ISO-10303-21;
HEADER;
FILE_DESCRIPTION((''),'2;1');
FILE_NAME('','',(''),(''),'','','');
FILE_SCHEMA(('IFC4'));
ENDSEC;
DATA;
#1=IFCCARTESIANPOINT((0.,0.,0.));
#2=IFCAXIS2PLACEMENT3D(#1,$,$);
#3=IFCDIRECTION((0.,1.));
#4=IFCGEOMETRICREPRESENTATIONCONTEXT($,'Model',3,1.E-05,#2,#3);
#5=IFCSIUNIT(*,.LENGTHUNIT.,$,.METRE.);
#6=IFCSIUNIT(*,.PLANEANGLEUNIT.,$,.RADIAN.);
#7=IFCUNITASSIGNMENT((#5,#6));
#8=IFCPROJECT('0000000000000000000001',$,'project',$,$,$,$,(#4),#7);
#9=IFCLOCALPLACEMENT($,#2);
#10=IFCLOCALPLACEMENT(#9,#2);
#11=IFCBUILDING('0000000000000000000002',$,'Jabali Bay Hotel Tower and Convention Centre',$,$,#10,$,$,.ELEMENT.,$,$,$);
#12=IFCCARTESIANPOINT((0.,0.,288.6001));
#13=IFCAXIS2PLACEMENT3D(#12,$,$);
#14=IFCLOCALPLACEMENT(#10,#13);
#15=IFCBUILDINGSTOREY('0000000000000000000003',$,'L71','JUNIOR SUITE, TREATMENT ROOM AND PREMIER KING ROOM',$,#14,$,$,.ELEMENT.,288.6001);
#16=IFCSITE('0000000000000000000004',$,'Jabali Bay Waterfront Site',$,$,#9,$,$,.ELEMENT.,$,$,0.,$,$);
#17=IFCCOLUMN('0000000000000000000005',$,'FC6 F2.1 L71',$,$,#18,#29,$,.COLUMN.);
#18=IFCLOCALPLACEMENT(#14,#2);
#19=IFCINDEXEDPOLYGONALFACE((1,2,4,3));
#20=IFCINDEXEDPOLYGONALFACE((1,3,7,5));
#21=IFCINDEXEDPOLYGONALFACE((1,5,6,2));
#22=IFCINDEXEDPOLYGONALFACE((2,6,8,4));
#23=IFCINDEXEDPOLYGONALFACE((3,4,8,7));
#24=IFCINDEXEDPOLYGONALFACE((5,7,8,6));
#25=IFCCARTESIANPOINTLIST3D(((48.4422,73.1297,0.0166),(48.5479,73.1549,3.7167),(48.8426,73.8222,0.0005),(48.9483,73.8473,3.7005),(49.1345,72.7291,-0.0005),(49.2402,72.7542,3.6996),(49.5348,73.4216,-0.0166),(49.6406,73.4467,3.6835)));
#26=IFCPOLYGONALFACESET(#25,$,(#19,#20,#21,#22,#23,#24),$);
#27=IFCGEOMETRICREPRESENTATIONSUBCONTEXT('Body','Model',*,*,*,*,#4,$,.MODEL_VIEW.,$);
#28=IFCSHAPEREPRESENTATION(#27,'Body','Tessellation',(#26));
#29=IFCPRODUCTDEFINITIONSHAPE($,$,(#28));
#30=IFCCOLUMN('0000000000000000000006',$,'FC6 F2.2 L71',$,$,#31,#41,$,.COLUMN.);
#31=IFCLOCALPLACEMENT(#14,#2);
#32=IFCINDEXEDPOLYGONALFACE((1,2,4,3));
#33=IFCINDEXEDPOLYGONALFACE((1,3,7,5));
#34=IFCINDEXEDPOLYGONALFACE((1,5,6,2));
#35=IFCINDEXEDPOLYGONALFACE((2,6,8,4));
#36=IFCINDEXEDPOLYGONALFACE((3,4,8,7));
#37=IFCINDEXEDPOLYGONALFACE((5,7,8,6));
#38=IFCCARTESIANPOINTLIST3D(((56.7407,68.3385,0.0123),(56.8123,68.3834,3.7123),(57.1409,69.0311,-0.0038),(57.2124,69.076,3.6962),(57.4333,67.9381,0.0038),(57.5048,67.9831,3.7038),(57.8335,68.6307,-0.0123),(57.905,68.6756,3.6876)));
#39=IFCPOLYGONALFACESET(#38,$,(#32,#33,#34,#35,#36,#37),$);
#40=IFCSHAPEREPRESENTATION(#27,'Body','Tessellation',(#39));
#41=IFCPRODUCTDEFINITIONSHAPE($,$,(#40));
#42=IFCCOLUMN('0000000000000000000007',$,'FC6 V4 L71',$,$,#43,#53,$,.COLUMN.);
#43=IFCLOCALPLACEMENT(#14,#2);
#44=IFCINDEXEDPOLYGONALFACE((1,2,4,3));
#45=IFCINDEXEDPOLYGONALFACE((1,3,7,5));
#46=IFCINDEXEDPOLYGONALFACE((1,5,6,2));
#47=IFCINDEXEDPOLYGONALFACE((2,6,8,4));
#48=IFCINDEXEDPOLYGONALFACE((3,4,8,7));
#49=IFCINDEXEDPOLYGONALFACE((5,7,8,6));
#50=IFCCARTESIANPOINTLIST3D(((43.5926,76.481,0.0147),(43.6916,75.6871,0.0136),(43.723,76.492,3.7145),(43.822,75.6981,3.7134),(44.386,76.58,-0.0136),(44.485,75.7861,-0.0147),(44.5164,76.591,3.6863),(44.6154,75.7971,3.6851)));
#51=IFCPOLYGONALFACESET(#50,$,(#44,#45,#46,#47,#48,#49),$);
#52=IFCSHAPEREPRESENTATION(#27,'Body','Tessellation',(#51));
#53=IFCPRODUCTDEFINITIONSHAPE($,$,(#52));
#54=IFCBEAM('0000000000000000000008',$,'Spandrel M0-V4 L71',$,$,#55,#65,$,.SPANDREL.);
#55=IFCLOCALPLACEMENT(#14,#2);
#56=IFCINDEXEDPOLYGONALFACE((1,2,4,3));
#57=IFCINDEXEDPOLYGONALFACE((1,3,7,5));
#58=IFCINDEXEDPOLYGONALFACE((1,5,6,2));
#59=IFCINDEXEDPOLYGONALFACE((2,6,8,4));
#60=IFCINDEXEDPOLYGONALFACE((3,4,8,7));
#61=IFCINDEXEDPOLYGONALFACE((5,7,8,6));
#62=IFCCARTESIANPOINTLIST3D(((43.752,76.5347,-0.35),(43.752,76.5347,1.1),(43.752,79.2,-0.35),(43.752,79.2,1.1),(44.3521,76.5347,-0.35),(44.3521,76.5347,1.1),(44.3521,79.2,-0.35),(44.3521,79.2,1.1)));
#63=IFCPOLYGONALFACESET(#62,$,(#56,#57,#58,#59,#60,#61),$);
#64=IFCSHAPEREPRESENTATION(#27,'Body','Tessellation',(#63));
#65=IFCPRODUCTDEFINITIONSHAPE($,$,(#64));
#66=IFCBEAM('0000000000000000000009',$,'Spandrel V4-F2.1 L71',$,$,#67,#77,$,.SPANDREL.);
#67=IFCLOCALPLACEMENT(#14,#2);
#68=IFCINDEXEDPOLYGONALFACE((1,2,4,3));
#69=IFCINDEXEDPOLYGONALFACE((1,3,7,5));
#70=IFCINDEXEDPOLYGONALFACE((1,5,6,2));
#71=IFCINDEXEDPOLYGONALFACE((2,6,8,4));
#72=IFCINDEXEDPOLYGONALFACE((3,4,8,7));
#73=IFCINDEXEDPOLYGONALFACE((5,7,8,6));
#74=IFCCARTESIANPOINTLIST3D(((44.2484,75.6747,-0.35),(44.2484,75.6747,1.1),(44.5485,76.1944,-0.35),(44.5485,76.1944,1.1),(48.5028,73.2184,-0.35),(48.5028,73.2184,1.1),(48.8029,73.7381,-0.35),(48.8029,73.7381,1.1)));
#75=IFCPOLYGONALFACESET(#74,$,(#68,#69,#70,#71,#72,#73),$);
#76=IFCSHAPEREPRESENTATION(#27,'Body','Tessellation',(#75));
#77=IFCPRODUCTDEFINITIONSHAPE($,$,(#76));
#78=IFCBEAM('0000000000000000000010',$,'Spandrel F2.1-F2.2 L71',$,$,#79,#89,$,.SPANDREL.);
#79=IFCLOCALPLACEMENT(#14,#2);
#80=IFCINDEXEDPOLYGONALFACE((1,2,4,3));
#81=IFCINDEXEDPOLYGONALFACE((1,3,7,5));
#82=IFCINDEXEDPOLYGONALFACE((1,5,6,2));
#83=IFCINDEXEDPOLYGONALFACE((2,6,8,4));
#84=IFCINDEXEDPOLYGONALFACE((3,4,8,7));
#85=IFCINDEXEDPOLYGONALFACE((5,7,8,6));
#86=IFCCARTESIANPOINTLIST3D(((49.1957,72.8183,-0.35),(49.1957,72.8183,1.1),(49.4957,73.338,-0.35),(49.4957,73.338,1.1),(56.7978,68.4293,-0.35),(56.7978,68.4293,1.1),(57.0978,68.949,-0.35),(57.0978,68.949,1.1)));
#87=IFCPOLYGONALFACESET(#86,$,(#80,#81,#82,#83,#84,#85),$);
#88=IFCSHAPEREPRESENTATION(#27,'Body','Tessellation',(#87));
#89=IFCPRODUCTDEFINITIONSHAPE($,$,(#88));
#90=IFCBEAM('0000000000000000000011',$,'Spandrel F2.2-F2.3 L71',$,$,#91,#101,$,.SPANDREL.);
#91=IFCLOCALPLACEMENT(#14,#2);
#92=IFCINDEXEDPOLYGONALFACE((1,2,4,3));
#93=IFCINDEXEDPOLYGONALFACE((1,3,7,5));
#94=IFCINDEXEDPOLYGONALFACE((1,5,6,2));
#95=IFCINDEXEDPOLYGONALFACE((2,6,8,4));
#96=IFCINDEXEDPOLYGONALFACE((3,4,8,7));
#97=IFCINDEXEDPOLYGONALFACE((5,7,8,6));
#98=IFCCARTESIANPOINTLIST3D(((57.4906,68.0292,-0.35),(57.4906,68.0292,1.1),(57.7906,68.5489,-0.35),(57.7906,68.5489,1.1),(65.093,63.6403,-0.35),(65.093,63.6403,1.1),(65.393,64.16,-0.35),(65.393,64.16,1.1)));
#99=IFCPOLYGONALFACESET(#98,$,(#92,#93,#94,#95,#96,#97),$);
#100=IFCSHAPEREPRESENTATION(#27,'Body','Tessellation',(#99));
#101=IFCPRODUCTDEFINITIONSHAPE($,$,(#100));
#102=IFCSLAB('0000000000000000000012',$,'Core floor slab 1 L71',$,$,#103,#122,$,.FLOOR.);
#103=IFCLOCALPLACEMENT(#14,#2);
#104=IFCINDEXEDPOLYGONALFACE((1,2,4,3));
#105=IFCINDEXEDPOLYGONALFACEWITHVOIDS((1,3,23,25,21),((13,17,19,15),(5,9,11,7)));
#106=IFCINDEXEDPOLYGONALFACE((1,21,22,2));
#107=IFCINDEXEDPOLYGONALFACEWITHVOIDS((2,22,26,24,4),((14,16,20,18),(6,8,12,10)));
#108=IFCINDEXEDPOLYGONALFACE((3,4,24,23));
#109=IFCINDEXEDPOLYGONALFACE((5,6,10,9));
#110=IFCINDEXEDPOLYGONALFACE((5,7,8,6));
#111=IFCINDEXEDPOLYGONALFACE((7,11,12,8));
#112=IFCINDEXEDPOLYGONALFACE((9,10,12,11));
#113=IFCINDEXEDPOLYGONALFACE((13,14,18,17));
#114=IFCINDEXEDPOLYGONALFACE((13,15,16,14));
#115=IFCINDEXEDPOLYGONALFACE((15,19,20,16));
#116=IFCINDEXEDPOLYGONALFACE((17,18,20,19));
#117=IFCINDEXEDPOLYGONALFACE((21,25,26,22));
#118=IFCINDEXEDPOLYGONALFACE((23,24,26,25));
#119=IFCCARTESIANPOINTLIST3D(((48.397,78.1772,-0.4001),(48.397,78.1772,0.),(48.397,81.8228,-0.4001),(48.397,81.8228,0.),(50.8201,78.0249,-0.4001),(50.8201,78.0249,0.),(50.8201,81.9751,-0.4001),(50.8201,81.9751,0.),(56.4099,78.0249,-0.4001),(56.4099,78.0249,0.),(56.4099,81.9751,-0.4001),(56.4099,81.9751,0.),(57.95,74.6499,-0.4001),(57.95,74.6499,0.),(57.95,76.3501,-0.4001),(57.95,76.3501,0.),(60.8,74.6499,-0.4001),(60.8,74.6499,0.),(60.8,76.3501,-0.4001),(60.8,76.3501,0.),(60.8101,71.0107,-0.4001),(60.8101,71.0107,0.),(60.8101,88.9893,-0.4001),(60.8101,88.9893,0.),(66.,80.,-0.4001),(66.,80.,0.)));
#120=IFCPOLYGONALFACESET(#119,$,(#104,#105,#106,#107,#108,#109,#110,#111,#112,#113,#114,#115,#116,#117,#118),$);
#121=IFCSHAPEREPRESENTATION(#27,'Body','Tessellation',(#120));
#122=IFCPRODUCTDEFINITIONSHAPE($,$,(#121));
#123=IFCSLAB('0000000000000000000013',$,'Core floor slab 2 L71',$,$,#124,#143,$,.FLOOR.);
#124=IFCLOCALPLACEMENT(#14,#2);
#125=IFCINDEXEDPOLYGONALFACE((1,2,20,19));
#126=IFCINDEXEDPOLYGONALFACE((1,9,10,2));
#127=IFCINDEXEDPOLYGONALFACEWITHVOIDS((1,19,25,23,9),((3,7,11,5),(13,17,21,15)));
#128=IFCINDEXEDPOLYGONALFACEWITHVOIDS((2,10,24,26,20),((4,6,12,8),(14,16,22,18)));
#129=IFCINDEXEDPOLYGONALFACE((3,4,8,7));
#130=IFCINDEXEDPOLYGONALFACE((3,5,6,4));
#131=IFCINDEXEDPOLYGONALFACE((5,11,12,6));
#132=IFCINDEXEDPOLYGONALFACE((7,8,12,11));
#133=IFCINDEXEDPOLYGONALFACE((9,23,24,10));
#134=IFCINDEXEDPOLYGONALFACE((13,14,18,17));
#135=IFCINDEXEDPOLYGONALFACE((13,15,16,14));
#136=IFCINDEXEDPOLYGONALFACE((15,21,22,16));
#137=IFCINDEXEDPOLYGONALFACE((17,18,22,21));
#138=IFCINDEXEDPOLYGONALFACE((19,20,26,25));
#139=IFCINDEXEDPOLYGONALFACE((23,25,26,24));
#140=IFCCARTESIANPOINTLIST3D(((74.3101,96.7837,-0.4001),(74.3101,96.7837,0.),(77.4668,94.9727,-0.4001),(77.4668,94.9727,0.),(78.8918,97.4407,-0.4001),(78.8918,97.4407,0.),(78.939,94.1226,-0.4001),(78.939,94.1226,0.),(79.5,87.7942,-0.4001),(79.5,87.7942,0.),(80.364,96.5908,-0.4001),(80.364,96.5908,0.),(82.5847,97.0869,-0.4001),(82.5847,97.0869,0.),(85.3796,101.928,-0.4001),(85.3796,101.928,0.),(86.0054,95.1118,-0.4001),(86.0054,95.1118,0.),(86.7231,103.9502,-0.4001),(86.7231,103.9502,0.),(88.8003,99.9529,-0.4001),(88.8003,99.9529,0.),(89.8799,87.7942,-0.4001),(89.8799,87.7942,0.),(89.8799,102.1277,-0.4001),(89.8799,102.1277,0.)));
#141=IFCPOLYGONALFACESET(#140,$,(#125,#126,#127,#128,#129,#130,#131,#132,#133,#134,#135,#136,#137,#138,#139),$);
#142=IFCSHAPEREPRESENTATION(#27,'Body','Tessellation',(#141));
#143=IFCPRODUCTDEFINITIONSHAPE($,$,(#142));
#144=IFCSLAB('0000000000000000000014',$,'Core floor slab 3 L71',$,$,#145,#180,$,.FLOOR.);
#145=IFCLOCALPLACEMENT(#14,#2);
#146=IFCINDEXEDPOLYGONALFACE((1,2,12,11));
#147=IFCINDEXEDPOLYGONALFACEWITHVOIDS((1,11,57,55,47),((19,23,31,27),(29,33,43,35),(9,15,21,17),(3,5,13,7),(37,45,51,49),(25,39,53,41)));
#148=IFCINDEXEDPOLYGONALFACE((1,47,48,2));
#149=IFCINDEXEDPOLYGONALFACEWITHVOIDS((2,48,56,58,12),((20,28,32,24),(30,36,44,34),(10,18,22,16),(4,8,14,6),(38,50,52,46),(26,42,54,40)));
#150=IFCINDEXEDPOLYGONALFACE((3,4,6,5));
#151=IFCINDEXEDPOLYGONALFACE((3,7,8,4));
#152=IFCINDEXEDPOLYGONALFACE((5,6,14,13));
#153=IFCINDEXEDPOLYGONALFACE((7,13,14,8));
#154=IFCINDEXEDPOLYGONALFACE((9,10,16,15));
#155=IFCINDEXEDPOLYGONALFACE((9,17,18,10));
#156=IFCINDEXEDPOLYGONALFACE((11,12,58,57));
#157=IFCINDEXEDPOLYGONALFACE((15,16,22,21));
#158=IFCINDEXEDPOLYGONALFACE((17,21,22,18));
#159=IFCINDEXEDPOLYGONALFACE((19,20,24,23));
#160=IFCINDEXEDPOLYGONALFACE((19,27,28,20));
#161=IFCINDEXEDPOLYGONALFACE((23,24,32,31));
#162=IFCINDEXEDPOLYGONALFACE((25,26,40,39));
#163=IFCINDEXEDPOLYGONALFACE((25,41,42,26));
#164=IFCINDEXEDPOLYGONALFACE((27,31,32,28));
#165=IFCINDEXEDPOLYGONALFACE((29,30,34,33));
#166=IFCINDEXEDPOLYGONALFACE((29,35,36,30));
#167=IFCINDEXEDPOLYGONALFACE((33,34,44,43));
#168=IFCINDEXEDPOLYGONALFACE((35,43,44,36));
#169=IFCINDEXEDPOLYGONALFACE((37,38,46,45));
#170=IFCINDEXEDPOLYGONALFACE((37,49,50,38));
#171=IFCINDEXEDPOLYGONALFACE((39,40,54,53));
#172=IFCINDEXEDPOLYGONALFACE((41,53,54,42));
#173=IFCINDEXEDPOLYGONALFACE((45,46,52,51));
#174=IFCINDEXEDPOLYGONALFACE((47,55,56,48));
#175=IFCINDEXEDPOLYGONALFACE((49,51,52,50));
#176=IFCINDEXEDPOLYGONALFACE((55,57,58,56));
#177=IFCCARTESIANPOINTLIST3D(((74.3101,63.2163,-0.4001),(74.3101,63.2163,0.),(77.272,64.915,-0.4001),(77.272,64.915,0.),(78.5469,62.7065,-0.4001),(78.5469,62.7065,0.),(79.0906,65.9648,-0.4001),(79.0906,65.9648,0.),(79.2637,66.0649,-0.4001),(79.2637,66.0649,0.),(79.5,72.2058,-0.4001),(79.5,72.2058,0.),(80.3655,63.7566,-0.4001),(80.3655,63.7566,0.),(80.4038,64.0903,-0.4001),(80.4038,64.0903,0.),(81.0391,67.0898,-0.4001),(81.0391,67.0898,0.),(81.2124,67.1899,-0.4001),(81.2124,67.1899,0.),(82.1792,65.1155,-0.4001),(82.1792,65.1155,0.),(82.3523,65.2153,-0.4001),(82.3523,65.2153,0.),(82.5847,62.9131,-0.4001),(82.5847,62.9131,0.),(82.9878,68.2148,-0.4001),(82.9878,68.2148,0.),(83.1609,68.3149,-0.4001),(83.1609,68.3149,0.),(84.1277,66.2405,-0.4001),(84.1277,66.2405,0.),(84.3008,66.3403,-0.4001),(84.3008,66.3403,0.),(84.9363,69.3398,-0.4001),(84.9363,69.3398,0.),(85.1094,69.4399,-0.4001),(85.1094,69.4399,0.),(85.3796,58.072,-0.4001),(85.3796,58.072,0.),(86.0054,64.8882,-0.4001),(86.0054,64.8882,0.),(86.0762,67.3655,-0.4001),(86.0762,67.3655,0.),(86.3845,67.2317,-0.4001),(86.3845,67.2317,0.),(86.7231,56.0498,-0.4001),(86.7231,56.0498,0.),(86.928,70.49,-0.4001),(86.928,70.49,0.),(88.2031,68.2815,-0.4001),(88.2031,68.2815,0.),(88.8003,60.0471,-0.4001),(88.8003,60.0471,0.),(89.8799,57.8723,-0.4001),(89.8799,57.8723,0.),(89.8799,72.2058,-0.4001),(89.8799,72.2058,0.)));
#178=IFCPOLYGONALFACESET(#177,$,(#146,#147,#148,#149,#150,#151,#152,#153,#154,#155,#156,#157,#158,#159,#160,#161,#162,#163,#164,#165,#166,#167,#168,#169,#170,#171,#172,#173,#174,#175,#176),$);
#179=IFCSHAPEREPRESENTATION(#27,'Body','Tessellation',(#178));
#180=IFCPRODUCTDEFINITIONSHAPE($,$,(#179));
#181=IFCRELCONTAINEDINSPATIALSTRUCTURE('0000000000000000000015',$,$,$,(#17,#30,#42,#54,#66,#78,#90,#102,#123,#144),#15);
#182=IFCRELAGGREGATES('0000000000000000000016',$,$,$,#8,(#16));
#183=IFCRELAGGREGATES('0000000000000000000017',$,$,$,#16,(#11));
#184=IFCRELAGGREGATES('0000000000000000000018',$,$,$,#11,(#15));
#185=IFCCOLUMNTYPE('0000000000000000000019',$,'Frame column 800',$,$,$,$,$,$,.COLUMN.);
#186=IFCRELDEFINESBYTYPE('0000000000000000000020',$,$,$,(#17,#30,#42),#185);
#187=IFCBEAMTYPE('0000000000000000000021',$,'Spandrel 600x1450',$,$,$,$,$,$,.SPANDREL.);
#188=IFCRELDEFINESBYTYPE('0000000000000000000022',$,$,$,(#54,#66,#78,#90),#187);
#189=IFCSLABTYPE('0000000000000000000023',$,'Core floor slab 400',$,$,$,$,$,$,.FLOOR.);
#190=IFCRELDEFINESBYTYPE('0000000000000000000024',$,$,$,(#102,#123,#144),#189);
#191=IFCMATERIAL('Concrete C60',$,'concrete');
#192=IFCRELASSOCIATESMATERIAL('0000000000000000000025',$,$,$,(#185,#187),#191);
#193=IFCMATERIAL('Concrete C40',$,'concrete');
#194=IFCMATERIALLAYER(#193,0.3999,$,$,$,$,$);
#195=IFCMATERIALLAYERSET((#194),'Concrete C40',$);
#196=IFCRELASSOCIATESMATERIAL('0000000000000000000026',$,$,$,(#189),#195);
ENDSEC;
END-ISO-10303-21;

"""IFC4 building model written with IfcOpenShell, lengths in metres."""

from ifc_helpers import new_model, si_unit, direction, frame, origin, origin_2d, place, context, subcontext, project, spatial, polyline, rectangle, outline, extrude, material, layer, layer_set, material_profile, profile_set, type_object, element, save


model = new_model("IFC4")

# Units and contexts
model_context = context("Model", 3, precision=1e-05, world=origin(), true_north=direction((0.0, 1.0)))
body_context = subcontext(model_context, "Body", "Model", "MODEL_VIEW")
ifc_project = project(units=[si_unit("LENGTHUNIT", "METRE"), si_unit("PLANEANGLEUNIT", "RADIAN")], contexts=[model_context])

# Site, building, storey
site_placement = place(None, origin())
site = spatial("IfcSite", under=ifc_project, at=site_placement, Name="Jabali Bay Waterfront Site", CompositionType="ELEMENT", RefElevation=0.0)
building_placement = place(site_placement, origin())
building = spatial("IfcBuilding", under=site, at=building_placement, Name="Jabali Bay Hotel Tower and Convention Centre", CompositionType="ELEMENT")
storey_placement = place(building_placement, frame((0.0, 0.0, 288.6001)))
storey = spatial("IfcBuildingStorey", under=building, at=storey_placement, Name="L71", Description="JUNIOR SUITE, TREATMENT ROOM AND PREMIER KING ROOM", CompositionType="ELEMENT", Elevation=288.6001)

# Columns
ifc_material_1 = material(Name="Concrete C60", Category="concrete")
ifc_material_profile_1 = material_profile(ifc_material_1, rectangle(XDim=0.8, YDim=0.8, at=origin_2d()), Name="Frame column 800")
ifc_profile_set_1 = profile_set([ifc_material_profile_1], Name="Concrete C60")
column_type = type_object("IfcColumnType", Name="Frame column 800", PredefinedType="COLUMN", material=ifc_profile_set_1)
column_1_placement = place(storey_placement, frame((48.9885, 73.2756, 0.0), z_axis=(0.028559, 0.006794, 0.999569), x_axis=(-0.865319, 0.500768, 0.02132)))
element("IfcColumn", 1, at=column_1_placement, inside=storey, type_object=column_type, Name="FC6 F2.1 L71", PredefinedType="COLUMN", context=body_context, shape_type="SweptSolid", body=[
    extrude(rectangle(XDim=0.8, YDim=0.8, at=origin_2d()), origin(), (0.0, 0.0, 1.0), 3.7017),
])
column_2_placement = place(storey_placement, frame((57.2871, 68.4846, 0.0), z_axis=(0.019329, 0.012138, 0.99974), x_axis=(-0.865691, 0.500465, 0.010661)))
element("IfcColumn", 2, at=column_2_placement, inside=storey, type_object=column_type, Name="FC6 F2.2 L71", PredefinedType="COLUMN", context=body_context, shape_type="SweptSolid", body=[
    extrude(rectangle(XDim=0.8, YDim=0.8, at=origin_2d()), origin(), (0.0, 0.0, 1.0), 3.7009),
])
column_3_placement = place(storey_placement, frame((44.0388, 76.1335, 0.0), z_axis=(0.035214, 0.002967, 0.999375), x_axis=(-0.123741, 0.992314, 0.001414)))
element("IfcColumn", 3, at=column_3_placement, inside=storey, type_object=column_type, Name="FC6 V4 L71", PredefinedType="COLUMN", context=body_context, shape_type="SweptSolid", body=[
    extrude(rectangle(XDim=0.8, YDim=0.8, at=origin_2d()), origin(), (0.0, 0.0, 1.0), 3.7021),
])

# Beams
ifc_material_profile_2 = material_profile(ifc_material_1, rectangle(XDim=0.6001, YDim=1.45, at=origin_2d()), Name="Spandrel 600x1450")
ifc_profile_set_2 = profile_set([ifc_material_profile_2], Name="Concrete C60")
beam_type = type_object("IfcBeamType", Name="Spandrel 600x1450", PredefinedType="SPANDREL", material=ifc_profile_set_2)
beam_1_placement = place(storey_placement, frame((44.052, 79.2, 0.375), z_axis=(0.0, -1.0, 0.0), x_axis=(1.0, 0.0, 0.0)))
element("IfcBeam", 4, at=beam_1_placement, inside=storey, type_object=beam_type, Name="Spandrel M0-V4 L71", PredefinedType="SPANDREL", context=body_context, shape_type="SweptSolid", body=[
    extrude(rectangle(XDim=0.6001, YDim=1.45, at=origin_2d()), origin(), (0.0, 0.0, 1.0), 2.6653),
])
beam_2_placement = place(storey_placement, frame((44.3984, 75.9346, 0.375), z_axis=(0.866023, -0.500004, 0.0), x_axis=(0.500004, 0.866023, 0.0)))
element("IfcBeam", 5, at=beam_2_placement, inside=storey, type_object=beam_type, Name="Spandrel V4-F2.1 L71", PredefinedType="SPANDREL", context=body_context, shape_type="SweptSolid", body=[
    extrude(rectangle(XDim=0.6001, YDim=1.45, at=origin_2d()), origin(), (0.0, 0.0, 1.0), 4.9126),
])
beam_3_placement = place(storey_placement, frame((49.3457, 73.0781, 0.375), z_axis=(0.866032, -0.499989, 0.0), x_axis=(0.499989, 0.866032, 0.0)))
element("IfcBeam", 6, at=beam_3_placement, inside=storey, type_object=beam_type, Name="Spandrel F2.1-F2.2 L71", PredefinedType="SPANDREL", context=body_context, shape_type="SweptSolid", body=[
    extrude(rectangle(XDim=0.6001, YDim=1.45, at=origin_2d()), origin(), (0.0, 0.0, 1.0), 8.7781),
])
beam_4_placement = place(storey_placement, frame((57.6406, 68.2891, 0.375), z_axis=(0.866039, -0.499977, 0.0), x_axis=(0.499977, 0.866039, 0.0)))
element("IfcBeam", 7, at=beam_4_placement, inside=storey, type_object=beam_type, Name="Spandrel F2.2-F2.3 L71", PredefinedType="SPANDREL", context=body_context, shape_type="SweptSolid", body=[
    extrude(rectangle(XDim=0.6001, YDim=1.45, at=origin_2d()), origin(), (0.0, 0.0, 1.0), 8.7783),
])

# Slabs
ifc_material_2 = material(Name="Concrete C40", Category="concrete")
ifc_layer_1 = layer(ifc_material_2, 0.3999)
ifc_layer_set_1 = layer_set([ifc_layer_1], Name="Concrete C40")
slab_type_1 = type_object("IfcSlabType", Name="Core floor slab 400", PredefinedType="FLOOR", material=ifc_layer_set_1)
slab_1_placement = place(storey_placement, frame((0.0, 0.0, -0.4001)))
element("IfcSlab", 8, at=slab_1_placement, inside=storey, type_object=slab_type_1, Name="Core floor slab 1 L71", PredefinedType="FLOOR", context=body_context, shape_type="SweptSolid", body=[
    extrude(outline(polyline([(66.0, 80.0), (60.8101, 88.9893), (48.397, 81.8228), (48.397, 78.1772), (60.8101, 71.0107), (66.0, 80.0)]), holes=[polyline([(60.8, 76.3501), (57.95, 76.3501), (57.95, 74.6499), (60.8, 74.6499), (60.8, 76.3501)]), polyline([(50.8201, 81.9751), (50.8201, 78.0249), (56.4099, 78.0249), (56.4099, 81.9751), (50.8201, 81.9751)])]), origin(), (0.0, 0.0, 1.0), 0.4001),
])
slab_2_placement = place(storey_placement, frame((0.0, 0.0, -0.4001)))
element("IfcSlab", 9, at=slab_2_placement, inside=storey, type_object=slab_type_1, Name="Core floor slab 2 L71", PredefinedType="FLOOR", context=body_context, shape_type="SweptSolid", body=[
    extrude(outline(polyline([(79.5, 87.7942), (89.8799, 87.7942), (89.8799, 102.1277), (86.7231, 103.9502), (74.3101, 96.7837), (79.5, 87.7942)]), holes=[polyline([(78.939, 94.1226), (80.364, 96.5908), (78.8918, 97.4407), (77.4668, 94.9727), (78.939, 94.1226)]), polyline([(88.8003, 99.9529), (85.3796, 101.928), (82.5847, 97.0869), (86.0054, 95.1118), (88.8003, 99.9529)])]), origin(), (0.0, 0.0, 1.0), 0.4001),
])
slab_3_placement = place(storey_placement, frame((0.0, 0.0, -0.4001)))
element("IfcSlab", 10, at=slab_3_placement, inside=storey, type_object=slab_type_1, Name="Core floor slab 3 L71", PredefinedType="FLOOR", context=body_context, shape_type="SweptSolid", body=[
    extrude(outline(polyline([(79.5, 72.2058), (74.3101, 63.2163), (86.7231, 56.0498), (89.8799, 57.8723), (89.8799, 72.2058), (79.5, 72.2058)]), holes=[polyline([(82.5847, 62.9131), (85.3796, 58.072), (88.8003, 60.0471), (86.0054, 64.8882), (82.5847, 62.9131)]), polyline([(80.3655, 63.7566), (79.0906, 65.9648), (77.272, 64.915), (78.5469, 62.7065), (80.3655, 63.7566)]), polyline([(82.1792, 65.1155), (81.0391, 67.0898), (79.2637, 66.0649), (80.4038, 64.0903), (82.1792, 65.1155)]), polyline([(82.9878, 68.2148), (81.2124, 67.1899), (82.3523, 65.2153), (84.1277, 66.2405), (82.9878, 68.2148)]), polyline([(86.0762, 67.3655), (84.9363, 69.3398), (83.1609, 68.3149), (84.3008, 66.3403), (86.0762, 67.3655)]), polyline([(88.2031, 68.2815), (86.928, 70.49), (85.1094, 69.4399), (86.3845, 67.2317), (88.2031, 68.2815)])]), origin(), (0.0, 0.0, 1.0), 0.4001),
])

save(model, "model.ifc")
